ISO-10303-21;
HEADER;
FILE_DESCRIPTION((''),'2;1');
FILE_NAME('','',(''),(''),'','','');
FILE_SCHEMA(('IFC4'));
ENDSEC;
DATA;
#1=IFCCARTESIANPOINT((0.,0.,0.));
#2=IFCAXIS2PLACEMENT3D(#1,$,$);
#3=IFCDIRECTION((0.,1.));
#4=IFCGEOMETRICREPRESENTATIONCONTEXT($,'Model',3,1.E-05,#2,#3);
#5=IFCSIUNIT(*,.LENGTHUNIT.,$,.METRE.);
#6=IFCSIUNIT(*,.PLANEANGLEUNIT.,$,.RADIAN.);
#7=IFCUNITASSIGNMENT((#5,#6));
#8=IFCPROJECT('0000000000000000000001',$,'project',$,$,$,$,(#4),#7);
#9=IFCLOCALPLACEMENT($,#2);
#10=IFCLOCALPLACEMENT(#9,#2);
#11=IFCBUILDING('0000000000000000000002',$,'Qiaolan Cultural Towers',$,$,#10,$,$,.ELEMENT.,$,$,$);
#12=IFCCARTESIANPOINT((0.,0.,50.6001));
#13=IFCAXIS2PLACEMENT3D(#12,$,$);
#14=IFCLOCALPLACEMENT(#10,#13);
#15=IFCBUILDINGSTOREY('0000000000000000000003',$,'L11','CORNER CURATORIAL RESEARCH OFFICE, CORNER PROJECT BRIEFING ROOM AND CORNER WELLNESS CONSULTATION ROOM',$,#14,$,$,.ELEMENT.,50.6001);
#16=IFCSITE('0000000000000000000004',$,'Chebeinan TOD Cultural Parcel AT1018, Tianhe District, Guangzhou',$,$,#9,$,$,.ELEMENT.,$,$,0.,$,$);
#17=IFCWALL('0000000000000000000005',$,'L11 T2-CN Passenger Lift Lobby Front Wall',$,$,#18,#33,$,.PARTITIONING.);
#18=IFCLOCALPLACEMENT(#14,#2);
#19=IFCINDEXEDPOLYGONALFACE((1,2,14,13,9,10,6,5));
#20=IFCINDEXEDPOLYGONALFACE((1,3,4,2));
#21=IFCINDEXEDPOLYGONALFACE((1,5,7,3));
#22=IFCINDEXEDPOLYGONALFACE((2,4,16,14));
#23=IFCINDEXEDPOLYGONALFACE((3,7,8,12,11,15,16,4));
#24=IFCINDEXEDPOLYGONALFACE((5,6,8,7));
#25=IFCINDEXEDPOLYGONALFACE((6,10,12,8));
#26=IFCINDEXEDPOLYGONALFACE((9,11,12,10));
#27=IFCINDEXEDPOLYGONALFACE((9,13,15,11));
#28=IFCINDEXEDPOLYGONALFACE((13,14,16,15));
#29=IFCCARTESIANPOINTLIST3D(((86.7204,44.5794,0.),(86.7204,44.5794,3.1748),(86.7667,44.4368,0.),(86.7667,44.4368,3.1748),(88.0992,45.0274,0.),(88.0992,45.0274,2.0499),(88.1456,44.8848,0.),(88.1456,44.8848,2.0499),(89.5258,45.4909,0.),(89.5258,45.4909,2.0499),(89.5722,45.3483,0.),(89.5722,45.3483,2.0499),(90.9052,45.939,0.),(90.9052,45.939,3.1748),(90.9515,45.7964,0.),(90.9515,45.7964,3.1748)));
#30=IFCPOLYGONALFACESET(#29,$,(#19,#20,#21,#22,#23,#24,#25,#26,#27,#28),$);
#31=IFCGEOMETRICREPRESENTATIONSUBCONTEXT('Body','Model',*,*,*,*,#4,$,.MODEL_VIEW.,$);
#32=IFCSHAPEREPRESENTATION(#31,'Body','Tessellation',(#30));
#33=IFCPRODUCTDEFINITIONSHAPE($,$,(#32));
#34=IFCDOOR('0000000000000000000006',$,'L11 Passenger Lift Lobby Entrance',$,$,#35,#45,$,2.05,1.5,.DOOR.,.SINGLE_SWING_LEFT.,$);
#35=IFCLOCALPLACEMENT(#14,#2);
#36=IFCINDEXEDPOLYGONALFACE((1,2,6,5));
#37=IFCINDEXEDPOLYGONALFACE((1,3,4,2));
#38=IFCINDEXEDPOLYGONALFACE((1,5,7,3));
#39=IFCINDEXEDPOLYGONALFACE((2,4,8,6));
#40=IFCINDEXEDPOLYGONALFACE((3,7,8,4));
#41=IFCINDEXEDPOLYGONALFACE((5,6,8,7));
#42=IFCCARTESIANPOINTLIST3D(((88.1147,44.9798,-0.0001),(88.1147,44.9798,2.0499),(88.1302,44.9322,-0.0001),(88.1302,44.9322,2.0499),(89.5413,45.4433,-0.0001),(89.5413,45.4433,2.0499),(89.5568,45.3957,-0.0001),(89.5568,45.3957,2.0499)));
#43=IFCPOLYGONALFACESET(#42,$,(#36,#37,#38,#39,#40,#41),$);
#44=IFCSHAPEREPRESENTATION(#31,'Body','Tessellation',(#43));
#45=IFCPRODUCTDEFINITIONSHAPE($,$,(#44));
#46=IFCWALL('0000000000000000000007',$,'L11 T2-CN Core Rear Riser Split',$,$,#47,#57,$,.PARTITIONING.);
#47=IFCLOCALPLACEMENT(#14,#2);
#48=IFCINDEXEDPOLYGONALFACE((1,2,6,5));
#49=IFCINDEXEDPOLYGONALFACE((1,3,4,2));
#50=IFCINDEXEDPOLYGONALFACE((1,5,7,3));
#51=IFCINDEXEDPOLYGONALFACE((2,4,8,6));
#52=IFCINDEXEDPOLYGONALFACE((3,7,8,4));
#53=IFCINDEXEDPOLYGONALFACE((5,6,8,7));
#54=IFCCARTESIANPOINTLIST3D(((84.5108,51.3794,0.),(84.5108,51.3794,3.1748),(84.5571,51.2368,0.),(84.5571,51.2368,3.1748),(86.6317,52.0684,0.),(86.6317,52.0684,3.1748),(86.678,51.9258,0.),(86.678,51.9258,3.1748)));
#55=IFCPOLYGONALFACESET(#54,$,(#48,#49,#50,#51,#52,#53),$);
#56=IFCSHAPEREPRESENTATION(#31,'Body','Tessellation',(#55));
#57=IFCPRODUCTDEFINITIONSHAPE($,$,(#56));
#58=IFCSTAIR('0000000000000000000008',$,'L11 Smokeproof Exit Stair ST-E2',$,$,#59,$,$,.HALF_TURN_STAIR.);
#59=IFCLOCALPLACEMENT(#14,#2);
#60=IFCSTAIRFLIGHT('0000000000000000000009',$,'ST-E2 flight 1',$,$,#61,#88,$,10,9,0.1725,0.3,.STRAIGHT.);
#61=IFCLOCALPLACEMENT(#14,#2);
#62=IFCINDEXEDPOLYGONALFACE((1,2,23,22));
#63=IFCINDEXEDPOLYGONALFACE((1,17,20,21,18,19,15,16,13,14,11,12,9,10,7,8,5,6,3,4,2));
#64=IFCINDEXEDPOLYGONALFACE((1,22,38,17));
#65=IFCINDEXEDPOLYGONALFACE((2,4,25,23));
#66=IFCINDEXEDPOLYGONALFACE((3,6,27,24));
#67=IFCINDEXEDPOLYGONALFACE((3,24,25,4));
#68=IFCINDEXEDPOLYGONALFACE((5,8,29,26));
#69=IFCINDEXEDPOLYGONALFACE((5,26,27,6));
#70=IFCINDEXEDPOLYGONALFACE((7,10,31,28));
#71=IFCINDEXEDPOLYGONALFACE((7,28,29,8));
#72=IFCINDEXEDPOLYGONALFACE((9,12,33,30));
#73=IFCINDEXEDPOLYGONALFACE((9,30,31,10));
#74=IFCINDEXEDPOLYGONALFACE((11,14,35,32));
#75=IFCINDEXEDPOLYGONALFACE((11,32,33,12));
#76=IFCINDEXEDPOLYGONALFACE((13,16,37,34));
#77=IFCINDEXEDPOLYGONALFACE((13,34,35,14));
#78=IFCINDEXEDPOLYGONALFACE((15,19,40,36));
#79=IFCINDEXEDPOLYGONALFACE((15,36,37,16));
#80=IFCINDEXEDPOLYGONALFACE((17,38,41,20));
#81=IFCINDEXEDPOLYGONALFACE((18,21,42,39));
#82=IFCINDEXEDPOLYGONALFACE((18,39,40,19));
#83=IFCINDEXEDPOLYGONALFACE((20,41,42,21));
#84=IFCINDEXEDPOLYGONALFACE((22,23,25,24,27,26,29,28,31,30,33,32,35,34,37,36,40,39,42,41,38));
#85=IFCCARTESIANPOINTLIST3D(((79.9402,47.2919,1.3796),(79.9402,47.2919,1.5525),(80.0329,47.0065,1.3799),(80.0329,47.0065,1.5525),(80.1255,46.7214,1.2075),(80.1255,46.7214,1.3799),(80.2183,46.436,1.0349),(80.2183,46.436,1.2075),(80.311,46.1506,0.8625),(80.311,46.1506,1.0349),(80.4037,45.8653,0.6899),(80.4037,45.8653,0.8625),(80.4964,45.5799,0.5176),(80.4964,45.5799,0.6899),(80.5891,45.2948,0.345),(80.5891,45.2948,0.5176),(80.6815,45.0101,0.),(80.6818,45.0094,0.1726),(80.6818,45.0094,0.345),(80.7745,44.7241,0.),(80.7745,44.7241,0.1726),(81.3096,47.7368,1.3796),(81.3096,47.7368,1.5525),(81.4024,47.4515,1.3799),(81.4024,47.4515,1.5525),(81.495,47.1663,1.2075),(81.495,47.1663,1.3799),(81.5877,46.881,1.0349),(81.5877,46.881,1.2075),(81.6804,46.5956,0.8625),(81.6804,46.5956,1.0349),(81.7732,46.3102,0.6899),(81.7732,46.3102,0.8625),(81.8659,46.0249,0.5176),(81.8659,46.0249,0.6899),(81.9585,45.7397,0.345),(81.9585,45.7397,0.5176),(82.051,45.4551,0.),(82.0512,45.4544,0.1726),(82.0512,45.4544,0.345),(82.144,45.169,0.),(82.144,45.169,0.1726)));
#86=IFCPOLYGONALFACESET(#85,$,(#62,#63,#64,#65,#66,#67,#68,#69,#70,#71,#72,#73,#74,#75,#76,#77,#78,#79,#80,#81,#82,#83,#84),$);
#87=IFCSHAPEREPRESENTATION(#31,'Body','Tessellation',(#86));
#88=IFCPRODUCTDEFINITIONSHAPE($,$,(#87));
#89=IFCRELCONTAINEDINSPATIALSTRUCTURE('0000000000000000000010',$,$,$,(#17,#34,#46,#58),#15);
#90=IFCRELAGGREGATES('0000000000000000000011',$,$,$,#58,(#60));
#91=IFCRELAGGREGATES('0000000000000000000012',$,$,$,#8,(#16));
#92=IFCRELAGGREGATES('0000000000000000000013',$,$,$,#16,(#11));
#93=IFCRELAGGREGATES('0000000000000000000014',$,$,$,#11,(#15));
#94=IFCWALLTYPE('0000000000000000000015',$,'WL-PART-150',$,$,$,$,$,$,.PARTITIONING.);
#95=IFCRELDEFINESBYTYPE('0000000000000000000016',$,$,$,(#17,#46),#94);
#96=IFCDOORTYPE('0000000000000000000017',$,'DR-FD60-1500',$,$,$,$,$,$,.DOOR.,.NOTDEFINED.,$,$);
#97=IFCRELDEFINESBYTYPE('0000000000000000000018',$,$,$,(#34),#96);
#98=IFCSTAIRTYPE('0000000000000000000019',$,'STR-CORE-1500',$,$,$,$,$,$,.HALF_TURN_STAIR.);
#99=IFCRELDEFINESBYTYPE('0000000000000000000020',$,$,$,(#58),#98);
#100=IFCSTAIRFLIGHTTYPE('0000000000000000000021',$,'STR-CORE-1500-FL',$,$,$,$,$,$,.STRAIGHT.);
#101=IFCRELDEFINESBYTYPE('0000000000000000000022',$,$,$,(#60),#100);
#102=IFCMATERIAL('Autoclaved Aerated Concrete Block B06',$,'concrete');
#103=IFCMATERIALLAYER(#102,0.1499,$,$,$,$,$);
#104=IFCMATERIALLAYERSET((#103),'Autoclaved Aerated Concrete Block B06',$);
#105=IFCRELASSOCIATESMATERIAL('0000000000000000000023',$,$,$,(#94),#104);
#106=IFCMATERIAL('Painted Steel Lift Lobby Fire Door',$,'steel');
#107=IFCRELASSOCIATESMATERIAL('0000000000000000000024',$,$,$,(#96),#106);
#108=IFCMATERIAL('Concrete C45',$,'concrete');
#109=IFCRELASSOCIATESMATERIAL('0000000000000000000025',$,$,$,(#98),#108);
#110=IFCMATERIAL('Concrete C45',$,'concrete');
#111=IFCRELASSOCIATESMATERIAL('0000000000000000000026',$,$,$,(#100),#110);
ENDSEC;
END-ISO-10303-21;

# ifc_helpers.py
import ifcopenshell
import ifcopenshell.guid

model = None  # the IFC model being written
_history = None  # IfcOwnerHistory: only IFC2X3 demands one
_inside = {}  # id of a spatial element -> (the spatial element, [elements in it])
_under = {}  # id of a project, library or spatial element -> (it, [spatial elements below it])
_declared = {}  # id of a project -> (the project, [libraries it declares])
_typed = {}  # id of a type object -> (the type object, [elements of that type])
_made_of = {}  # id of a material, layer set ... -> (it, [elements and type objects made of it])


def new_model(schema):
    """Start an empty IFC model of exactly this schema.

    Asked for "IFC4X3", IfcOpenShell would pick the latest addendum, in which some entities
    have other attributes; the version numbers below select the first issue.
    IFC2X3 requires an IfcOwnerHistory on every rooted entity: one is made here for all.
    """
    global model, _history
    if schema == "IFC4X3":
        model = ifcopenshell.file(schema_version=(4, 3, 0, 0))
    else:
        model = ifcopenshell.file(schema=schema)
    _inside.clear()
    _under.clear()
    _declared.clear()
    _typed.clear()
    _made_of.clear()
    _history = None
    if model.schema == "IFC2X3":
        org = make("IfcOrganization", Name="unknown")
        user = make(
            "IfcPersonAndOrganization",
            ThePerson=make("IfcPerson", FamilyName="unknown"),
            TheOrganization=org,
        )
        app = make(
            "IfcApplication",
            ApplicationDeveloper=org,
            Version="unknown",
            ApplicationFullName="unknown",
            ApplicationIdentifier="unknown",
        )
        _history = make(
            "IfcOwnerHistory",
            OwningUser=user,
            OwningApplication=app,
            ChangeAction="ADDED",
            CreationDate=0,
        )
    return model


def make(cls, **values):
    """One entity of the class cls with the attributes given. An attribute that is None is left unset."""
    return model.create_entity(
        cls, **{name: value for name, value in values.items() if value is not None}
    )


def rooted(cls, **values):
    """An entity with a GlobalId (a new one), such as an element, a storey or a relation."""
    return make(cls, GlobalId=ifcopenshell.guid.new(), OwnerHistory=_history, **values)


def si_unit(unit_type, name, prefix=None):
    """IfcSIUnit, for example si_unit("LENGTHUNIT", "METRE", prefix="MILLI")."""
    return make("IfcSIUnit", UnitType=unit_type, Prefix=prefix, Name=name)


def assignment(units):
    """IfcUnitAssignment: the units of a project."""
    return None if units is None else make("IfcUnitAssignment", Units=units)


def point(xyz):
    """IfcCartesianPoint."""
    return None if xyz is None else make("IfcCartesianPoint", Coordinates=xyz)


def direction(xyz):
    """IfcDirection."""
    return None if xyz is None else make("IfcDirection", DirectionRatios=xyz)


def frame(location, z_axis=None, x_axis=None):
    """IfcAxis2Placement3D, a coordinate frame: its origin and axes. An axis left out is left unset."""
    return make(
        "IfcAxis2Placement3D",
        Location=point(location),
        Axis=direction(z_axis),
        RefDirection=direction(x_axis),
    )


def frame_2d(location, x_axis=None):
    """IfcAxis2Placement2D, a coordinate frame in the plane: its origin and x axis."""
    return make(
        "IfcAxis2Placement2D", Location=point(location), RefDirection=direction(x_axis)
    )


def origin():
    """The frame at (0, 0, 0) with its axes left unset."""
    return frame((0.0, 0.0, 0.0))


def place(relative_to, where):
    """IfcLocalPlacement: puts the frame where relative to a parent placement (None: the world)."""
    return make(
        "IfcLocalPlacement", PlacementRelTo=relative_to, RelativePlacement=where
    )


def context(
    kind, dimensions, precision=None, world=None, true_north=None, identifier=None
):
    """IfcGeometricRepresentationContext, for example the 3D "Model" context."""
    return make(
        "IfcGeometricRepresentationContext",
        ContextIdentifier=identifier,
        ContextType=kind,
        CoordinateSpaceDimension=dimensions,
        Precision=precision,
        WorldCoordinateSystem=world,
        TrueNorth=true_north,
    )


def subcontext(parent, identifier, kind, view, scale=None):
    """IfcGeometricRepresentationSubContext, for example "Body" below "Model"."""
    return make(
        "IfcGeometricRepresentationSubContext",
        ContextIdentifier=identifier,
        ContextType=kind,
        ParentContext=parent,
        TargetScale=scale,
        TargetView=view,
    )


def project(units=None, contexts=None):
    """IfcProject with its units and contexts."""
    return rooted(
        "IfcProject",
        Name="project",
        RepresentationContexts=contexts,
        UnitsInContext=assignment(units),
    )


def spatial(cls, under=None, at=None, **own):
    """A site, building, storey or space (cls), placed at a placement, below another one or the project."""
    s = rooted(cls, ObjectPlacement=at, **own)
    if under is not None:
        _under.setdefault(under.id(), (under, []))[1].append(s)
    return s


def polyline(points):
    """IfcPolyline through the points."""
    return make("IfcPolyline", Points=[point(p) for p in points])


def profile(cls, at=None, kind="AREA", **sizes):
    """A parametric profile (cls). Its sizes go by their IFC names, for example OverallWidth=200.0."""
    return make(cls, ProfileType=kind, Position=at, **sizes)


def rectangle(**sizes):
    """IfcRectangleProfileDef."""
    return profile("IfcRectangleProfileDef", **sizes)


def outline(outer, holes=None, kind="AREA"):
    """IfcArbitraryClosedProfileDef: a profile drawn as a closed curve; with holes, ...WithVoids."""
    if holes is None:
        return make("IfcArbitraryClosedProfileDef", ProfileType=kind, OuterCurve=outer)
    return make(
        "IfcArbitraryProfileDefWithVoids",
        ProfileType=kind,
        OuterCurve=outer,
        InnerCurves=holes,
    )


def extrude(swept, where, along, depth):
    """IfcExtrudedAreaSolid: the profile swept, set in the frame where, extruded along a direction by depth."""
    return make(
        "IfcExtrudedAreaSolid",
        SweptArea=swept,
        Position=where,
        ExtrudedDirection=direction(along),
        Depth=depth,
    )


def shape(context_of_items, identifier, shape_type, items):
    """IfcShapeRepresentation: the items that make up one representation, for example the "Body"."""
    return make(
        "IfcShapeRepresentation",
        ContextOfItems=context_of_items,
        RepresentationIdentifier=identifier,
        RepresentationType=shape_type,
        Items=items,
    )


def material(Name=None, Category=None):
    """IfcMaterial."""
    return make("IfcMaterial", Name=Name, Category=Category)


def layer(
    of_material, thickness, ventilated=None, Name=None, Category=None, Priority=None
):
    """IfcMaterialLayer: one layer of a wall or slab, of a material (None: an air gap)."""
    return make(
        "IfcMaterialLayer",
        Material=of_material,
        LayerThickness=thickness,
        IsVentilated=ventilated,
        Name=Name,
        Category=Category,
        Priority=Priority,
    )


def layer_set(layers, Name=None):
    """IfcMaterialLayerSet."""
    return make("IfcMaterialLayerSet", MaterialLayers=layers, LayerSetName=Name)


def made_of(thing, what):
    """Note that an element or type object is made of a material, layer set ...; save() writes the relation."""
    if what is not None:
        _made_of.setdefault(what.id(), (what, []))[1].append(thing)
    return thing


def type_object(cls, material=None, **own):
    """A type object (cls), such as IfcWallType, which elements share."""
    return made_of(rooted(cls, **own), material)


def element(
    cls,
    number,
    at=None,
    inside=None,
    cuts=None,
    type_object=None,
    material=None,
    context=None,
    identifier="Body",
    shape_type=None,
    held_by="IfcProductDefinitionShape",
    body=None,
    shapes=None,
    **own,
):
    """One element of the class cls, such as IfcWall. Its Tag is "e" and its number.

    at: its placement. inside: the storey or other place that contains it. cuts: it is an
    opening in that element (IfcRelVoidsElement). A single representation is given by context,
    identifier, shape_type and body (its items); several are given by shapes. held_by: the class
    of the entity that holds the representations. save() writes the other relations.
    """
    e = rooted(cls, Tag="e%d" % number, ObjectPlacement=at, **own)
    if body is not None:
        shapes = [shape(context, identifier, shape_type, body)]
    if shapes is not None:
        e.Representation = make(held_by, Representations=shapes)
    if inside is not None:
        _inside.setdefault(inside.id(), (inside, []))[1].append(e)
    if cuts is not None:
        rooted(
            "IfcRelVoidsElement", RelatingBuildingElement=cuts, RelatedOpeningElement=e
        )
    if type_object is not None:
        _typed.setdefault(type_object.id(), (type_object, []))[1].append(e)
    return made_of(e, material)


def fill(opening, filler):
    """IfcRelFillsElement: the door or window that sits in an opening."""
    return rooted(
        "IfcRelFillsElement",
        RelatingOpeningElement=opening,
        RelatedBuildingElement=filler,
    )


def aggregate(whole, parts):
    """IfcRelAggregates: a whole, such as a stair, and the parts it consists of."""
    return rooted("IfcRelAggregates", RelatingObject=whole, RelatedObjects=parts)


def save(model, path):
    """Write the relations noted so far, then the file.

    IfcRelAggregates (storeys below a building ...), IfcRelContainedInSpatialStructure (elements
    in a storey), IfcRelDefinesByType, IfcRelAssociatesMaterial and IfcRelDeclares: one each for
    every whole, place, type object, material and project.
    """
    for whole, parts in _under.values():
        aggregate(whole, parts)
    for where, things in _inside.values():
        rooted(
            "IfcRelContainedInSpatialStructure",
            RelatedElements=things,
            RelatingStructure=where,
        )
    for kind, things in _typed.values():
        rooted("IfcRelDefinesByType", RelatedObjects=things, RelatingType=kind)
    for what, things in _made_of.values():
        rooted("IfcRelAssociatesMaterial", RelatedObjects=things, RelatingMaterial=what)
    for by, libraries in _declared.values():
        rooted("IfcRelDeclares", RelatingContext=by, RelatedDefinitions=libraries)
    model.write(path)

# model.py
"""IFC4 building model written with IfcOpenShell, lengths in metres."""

from ifc_helpers import new_model, si_unit, direction, frame, frame_2d, origin, place, context, subcontext, project, spatial, polyline, rectangle, outline, extrude, material, layer, layer_set, type_object, element, fill, aggregate, save


model = new_model("IFC4")

# Units and contexts
model_context = context("Model", 3, precision=1e-05, world=origin(), true_north=direction((0.0, 1.0)))
body_context = subcontext(model_context, "Body", "Model", "MODEL_VIEW")
ifc_project = project(units=[si_unit("LENGTHUNIT", "METRE"), si_unit("PLANEANGLEUNIT", "RADIAN")], contexts=[model_context])

# Site, building, storey
site_placement = place(None, origin())
site = spatial("IfcSite", under=ifc_project, at=site_placement, Name="Chebeinan TOD Cultural Parcel AT1018, Tianhe District, Guangzhou", CompositionType="ELEMENT", RefElevation=0.0)
building_placement = place(site_placement, origin())
building = spatial("IfcBuilding", under=site, at=building_placement, Name="Qiaolan Cultural Towers", CompositionType="ELEMENT")
storey_placement = place(building_placement, frame((0.0, 0.0, 50.6001)))
storey = spatial("IfcBuildingStorey", under=building, at=storey_placement, Name="L11", Description="CORNER CURATORIAL RESEARCH OFFICE, CORNER PROJECT BRIEFING ROOM AND CORNER WELLNESS CONSULTATION ROOM", CompositionType="ELEMENT", Elevation=50.6001)

# Wall, opening, door
ifc_material_1 = material(Name="Autoclaved Aerated Concrete Block B06", Category="concrete")
ifc_layer_1 = layer(ifc_material_1, 0.1499)
ifc_layer_set_1 = layer_set([ifc_layer_1], Name="Autoclaved Aerated Concrete Block B06")
wall_type_1 = type_object("IfcWallType", Name="WL-PART-150", PredefinedType="PARTITIONING", material=ifc_layer_set_1)
wall_1_placement = place(storey_placement, frame((86.7434, 44.5081, 0.0), z_axis=(0.0, 0.0, 1.0), x_axis=(0.951064, 0.308994, 0.0)))
wall_1 = element("IfcWall", 1, at=wall_1_placement, inside=storey, type_object=wall_type_1, Name="L11 T2-CN Passenger Lift Lobby Front Wall", PredefinedType="PARTITIONING", context=body_context, shape_type="SweptSolid", body=[
    extrude(rectangle(XDim=4.4001, YDim=0.1499, at=frame_2d((2.2002, 0.0))), origin(), (0.0, 0.0, 1.0), 3.1748),
])
opening_1_placement = place(wall_1_placement, frame((1.45, 0.0, 0.0)))
opening_1 = element("IfcOpeningElement", 2, at=opening_1_placement, cuts=wall_1, PredefinedType="OPENING", context=body_context, shape_type="SweptSolid", body=[
    extrude(rectangle(XDim=1.5, YDim=2.05, at=frame_2d((0.75, 1.0249))), frame((0.0, 0.085, 0.0), z_axis=(0.0, -1.0, 0.0), x_axis=(1.0, 0.0, 0.0)), (0.0, 0.0, 1.0), 0.1699),
])
ifc_material_2 = material(Name="Painted Steel Lift Lobby Fire Door", Category="steel")
door_type_1 = type_object("IfcDoorType", Name="DR-FD60-1500", OperationType="NOTDEFINED", PredefinedType="DOOR", material=ifc_material_2)
door_1_placement = place(opening_1_placement, origin())
door_1 = element("IfcDoor", 3, at=door_1_placement, inside=storey, type_object=door_type_1, Name="L11 Passenger Lift Lobby Entrance", OperationType="SINGLE_SWING_LEFT", OverallHeight=2.05, OverallWidth=1.5, PredefinedType="DOOR", context=body_context, shape_type="SweptSolid", body=[
    extrude(rectangle(XDim=1.5, YDim=2.05, at=frame_2d((0.75, 1.0249))), frame((0.0, 0.0249, 0.0), z_axis=(0.0, -1.0, 0.0), x_axis=(1.0, 0.0, 0.0)), (0.0, 0.0, 1.0), 0.05),
])
fill(opening_1, door_1)

# Wall
wall_2_placement = place(storey_placement, frame((84.5339, 51.3081, 0.0), z_axis=(0.0, 0.0, 1.0), x_axis=(0.951075, 0.30896, 0.0)))
element("IfcWall", 4, at=wall_2_placement, inside=storey, type_object=wall_type_1, Name="L11 T2-CN Core Rear Riser Split", PredefinedType="PARTITIONING", context=body_context, shape_type="SweptSolid", body=[
    extrude(rectangle(XDim=2.23, YDim=0.1499, at=frame_2d((1.115, 0.0))), origin(), (0.0, 0.0, 1.0), 3.1748),
])

# Stair, stair flight
ifc_material_3 = material(Name="Concrete C45", Category="concrete")
stair_type = type_object("IfcStairType", Name="STR-CORE-1500", PredefinedType="HALF_TURN_STAIR", material=ifc_material_3)
stair_placement = place(storey_placement, origin())
stair = element("IfcStair", 5, at=stair_placement, inside=storey, type_object=stair_type, Name="L11 Smokeproof Exit Stair ST-E2", PredefinedType="HALF_TURN_STAIR")
ifc_material_4 = material(Name="Concrete C45", Category="concrete")
stair_flight_type = type_object("IfcStairFlightType", Name="STR-CORE-1500-FL", PredefinedType="STRAIGHT", material=ifc_material_4)
stair_flight_placement = place(storey_placement, frame((81.4592, 44.9465, 0.0), z_axis=(0.0, 0.0, 1.0), x_axis=(-0.309017, 0.951057, 0.0)))
stair_flight = element("IfcStairFlight", 6, at=stair_flight_placement, type_object=stair_flight_type, Name="ST-E2 flight 1", NumberOfRisers=10, NumberOfTreads=9, PredefinedType="STRAIGHT", RiserHeight=0.1725, TreadLength=0.3, context=body_context, shape_type="SweptSolid", body=[
    extrude(outline(polyline([(0.0, 0.0), (0.0, 0.1726), (0.3, 0.1726), (0.3, 0.345), (0.6001, 0.345), (0.6001, 0.5176), (0.8999, 0.5176), (0.8999, 0.6899), (1.2, 0.6899), (1.2, 0.8625), (1.5, 0.8625), (1.5, 1.0349), (1.8, 1.0349), (1.8, 1.2075), (2.1001, 1.2075), (2.1001, 1.3799), (2.3999, 1.3799), (2.3999, 1.5525), (2.7, 1.5525), (2.7, 1.7251), (2.7, 1.3796), (0.3008, 0.0), (0.0, 0.0)])), frame((0.0, 0.72, 0.0), z_axis=(0.0, -1.0, 0.0), x_axis=(1.0, 0.0, 0.0)), (0.0, 0.0, 1.0), 1.4399),
])
aggregate(stair, [stair_flight])

save(model, "model.ifc")
